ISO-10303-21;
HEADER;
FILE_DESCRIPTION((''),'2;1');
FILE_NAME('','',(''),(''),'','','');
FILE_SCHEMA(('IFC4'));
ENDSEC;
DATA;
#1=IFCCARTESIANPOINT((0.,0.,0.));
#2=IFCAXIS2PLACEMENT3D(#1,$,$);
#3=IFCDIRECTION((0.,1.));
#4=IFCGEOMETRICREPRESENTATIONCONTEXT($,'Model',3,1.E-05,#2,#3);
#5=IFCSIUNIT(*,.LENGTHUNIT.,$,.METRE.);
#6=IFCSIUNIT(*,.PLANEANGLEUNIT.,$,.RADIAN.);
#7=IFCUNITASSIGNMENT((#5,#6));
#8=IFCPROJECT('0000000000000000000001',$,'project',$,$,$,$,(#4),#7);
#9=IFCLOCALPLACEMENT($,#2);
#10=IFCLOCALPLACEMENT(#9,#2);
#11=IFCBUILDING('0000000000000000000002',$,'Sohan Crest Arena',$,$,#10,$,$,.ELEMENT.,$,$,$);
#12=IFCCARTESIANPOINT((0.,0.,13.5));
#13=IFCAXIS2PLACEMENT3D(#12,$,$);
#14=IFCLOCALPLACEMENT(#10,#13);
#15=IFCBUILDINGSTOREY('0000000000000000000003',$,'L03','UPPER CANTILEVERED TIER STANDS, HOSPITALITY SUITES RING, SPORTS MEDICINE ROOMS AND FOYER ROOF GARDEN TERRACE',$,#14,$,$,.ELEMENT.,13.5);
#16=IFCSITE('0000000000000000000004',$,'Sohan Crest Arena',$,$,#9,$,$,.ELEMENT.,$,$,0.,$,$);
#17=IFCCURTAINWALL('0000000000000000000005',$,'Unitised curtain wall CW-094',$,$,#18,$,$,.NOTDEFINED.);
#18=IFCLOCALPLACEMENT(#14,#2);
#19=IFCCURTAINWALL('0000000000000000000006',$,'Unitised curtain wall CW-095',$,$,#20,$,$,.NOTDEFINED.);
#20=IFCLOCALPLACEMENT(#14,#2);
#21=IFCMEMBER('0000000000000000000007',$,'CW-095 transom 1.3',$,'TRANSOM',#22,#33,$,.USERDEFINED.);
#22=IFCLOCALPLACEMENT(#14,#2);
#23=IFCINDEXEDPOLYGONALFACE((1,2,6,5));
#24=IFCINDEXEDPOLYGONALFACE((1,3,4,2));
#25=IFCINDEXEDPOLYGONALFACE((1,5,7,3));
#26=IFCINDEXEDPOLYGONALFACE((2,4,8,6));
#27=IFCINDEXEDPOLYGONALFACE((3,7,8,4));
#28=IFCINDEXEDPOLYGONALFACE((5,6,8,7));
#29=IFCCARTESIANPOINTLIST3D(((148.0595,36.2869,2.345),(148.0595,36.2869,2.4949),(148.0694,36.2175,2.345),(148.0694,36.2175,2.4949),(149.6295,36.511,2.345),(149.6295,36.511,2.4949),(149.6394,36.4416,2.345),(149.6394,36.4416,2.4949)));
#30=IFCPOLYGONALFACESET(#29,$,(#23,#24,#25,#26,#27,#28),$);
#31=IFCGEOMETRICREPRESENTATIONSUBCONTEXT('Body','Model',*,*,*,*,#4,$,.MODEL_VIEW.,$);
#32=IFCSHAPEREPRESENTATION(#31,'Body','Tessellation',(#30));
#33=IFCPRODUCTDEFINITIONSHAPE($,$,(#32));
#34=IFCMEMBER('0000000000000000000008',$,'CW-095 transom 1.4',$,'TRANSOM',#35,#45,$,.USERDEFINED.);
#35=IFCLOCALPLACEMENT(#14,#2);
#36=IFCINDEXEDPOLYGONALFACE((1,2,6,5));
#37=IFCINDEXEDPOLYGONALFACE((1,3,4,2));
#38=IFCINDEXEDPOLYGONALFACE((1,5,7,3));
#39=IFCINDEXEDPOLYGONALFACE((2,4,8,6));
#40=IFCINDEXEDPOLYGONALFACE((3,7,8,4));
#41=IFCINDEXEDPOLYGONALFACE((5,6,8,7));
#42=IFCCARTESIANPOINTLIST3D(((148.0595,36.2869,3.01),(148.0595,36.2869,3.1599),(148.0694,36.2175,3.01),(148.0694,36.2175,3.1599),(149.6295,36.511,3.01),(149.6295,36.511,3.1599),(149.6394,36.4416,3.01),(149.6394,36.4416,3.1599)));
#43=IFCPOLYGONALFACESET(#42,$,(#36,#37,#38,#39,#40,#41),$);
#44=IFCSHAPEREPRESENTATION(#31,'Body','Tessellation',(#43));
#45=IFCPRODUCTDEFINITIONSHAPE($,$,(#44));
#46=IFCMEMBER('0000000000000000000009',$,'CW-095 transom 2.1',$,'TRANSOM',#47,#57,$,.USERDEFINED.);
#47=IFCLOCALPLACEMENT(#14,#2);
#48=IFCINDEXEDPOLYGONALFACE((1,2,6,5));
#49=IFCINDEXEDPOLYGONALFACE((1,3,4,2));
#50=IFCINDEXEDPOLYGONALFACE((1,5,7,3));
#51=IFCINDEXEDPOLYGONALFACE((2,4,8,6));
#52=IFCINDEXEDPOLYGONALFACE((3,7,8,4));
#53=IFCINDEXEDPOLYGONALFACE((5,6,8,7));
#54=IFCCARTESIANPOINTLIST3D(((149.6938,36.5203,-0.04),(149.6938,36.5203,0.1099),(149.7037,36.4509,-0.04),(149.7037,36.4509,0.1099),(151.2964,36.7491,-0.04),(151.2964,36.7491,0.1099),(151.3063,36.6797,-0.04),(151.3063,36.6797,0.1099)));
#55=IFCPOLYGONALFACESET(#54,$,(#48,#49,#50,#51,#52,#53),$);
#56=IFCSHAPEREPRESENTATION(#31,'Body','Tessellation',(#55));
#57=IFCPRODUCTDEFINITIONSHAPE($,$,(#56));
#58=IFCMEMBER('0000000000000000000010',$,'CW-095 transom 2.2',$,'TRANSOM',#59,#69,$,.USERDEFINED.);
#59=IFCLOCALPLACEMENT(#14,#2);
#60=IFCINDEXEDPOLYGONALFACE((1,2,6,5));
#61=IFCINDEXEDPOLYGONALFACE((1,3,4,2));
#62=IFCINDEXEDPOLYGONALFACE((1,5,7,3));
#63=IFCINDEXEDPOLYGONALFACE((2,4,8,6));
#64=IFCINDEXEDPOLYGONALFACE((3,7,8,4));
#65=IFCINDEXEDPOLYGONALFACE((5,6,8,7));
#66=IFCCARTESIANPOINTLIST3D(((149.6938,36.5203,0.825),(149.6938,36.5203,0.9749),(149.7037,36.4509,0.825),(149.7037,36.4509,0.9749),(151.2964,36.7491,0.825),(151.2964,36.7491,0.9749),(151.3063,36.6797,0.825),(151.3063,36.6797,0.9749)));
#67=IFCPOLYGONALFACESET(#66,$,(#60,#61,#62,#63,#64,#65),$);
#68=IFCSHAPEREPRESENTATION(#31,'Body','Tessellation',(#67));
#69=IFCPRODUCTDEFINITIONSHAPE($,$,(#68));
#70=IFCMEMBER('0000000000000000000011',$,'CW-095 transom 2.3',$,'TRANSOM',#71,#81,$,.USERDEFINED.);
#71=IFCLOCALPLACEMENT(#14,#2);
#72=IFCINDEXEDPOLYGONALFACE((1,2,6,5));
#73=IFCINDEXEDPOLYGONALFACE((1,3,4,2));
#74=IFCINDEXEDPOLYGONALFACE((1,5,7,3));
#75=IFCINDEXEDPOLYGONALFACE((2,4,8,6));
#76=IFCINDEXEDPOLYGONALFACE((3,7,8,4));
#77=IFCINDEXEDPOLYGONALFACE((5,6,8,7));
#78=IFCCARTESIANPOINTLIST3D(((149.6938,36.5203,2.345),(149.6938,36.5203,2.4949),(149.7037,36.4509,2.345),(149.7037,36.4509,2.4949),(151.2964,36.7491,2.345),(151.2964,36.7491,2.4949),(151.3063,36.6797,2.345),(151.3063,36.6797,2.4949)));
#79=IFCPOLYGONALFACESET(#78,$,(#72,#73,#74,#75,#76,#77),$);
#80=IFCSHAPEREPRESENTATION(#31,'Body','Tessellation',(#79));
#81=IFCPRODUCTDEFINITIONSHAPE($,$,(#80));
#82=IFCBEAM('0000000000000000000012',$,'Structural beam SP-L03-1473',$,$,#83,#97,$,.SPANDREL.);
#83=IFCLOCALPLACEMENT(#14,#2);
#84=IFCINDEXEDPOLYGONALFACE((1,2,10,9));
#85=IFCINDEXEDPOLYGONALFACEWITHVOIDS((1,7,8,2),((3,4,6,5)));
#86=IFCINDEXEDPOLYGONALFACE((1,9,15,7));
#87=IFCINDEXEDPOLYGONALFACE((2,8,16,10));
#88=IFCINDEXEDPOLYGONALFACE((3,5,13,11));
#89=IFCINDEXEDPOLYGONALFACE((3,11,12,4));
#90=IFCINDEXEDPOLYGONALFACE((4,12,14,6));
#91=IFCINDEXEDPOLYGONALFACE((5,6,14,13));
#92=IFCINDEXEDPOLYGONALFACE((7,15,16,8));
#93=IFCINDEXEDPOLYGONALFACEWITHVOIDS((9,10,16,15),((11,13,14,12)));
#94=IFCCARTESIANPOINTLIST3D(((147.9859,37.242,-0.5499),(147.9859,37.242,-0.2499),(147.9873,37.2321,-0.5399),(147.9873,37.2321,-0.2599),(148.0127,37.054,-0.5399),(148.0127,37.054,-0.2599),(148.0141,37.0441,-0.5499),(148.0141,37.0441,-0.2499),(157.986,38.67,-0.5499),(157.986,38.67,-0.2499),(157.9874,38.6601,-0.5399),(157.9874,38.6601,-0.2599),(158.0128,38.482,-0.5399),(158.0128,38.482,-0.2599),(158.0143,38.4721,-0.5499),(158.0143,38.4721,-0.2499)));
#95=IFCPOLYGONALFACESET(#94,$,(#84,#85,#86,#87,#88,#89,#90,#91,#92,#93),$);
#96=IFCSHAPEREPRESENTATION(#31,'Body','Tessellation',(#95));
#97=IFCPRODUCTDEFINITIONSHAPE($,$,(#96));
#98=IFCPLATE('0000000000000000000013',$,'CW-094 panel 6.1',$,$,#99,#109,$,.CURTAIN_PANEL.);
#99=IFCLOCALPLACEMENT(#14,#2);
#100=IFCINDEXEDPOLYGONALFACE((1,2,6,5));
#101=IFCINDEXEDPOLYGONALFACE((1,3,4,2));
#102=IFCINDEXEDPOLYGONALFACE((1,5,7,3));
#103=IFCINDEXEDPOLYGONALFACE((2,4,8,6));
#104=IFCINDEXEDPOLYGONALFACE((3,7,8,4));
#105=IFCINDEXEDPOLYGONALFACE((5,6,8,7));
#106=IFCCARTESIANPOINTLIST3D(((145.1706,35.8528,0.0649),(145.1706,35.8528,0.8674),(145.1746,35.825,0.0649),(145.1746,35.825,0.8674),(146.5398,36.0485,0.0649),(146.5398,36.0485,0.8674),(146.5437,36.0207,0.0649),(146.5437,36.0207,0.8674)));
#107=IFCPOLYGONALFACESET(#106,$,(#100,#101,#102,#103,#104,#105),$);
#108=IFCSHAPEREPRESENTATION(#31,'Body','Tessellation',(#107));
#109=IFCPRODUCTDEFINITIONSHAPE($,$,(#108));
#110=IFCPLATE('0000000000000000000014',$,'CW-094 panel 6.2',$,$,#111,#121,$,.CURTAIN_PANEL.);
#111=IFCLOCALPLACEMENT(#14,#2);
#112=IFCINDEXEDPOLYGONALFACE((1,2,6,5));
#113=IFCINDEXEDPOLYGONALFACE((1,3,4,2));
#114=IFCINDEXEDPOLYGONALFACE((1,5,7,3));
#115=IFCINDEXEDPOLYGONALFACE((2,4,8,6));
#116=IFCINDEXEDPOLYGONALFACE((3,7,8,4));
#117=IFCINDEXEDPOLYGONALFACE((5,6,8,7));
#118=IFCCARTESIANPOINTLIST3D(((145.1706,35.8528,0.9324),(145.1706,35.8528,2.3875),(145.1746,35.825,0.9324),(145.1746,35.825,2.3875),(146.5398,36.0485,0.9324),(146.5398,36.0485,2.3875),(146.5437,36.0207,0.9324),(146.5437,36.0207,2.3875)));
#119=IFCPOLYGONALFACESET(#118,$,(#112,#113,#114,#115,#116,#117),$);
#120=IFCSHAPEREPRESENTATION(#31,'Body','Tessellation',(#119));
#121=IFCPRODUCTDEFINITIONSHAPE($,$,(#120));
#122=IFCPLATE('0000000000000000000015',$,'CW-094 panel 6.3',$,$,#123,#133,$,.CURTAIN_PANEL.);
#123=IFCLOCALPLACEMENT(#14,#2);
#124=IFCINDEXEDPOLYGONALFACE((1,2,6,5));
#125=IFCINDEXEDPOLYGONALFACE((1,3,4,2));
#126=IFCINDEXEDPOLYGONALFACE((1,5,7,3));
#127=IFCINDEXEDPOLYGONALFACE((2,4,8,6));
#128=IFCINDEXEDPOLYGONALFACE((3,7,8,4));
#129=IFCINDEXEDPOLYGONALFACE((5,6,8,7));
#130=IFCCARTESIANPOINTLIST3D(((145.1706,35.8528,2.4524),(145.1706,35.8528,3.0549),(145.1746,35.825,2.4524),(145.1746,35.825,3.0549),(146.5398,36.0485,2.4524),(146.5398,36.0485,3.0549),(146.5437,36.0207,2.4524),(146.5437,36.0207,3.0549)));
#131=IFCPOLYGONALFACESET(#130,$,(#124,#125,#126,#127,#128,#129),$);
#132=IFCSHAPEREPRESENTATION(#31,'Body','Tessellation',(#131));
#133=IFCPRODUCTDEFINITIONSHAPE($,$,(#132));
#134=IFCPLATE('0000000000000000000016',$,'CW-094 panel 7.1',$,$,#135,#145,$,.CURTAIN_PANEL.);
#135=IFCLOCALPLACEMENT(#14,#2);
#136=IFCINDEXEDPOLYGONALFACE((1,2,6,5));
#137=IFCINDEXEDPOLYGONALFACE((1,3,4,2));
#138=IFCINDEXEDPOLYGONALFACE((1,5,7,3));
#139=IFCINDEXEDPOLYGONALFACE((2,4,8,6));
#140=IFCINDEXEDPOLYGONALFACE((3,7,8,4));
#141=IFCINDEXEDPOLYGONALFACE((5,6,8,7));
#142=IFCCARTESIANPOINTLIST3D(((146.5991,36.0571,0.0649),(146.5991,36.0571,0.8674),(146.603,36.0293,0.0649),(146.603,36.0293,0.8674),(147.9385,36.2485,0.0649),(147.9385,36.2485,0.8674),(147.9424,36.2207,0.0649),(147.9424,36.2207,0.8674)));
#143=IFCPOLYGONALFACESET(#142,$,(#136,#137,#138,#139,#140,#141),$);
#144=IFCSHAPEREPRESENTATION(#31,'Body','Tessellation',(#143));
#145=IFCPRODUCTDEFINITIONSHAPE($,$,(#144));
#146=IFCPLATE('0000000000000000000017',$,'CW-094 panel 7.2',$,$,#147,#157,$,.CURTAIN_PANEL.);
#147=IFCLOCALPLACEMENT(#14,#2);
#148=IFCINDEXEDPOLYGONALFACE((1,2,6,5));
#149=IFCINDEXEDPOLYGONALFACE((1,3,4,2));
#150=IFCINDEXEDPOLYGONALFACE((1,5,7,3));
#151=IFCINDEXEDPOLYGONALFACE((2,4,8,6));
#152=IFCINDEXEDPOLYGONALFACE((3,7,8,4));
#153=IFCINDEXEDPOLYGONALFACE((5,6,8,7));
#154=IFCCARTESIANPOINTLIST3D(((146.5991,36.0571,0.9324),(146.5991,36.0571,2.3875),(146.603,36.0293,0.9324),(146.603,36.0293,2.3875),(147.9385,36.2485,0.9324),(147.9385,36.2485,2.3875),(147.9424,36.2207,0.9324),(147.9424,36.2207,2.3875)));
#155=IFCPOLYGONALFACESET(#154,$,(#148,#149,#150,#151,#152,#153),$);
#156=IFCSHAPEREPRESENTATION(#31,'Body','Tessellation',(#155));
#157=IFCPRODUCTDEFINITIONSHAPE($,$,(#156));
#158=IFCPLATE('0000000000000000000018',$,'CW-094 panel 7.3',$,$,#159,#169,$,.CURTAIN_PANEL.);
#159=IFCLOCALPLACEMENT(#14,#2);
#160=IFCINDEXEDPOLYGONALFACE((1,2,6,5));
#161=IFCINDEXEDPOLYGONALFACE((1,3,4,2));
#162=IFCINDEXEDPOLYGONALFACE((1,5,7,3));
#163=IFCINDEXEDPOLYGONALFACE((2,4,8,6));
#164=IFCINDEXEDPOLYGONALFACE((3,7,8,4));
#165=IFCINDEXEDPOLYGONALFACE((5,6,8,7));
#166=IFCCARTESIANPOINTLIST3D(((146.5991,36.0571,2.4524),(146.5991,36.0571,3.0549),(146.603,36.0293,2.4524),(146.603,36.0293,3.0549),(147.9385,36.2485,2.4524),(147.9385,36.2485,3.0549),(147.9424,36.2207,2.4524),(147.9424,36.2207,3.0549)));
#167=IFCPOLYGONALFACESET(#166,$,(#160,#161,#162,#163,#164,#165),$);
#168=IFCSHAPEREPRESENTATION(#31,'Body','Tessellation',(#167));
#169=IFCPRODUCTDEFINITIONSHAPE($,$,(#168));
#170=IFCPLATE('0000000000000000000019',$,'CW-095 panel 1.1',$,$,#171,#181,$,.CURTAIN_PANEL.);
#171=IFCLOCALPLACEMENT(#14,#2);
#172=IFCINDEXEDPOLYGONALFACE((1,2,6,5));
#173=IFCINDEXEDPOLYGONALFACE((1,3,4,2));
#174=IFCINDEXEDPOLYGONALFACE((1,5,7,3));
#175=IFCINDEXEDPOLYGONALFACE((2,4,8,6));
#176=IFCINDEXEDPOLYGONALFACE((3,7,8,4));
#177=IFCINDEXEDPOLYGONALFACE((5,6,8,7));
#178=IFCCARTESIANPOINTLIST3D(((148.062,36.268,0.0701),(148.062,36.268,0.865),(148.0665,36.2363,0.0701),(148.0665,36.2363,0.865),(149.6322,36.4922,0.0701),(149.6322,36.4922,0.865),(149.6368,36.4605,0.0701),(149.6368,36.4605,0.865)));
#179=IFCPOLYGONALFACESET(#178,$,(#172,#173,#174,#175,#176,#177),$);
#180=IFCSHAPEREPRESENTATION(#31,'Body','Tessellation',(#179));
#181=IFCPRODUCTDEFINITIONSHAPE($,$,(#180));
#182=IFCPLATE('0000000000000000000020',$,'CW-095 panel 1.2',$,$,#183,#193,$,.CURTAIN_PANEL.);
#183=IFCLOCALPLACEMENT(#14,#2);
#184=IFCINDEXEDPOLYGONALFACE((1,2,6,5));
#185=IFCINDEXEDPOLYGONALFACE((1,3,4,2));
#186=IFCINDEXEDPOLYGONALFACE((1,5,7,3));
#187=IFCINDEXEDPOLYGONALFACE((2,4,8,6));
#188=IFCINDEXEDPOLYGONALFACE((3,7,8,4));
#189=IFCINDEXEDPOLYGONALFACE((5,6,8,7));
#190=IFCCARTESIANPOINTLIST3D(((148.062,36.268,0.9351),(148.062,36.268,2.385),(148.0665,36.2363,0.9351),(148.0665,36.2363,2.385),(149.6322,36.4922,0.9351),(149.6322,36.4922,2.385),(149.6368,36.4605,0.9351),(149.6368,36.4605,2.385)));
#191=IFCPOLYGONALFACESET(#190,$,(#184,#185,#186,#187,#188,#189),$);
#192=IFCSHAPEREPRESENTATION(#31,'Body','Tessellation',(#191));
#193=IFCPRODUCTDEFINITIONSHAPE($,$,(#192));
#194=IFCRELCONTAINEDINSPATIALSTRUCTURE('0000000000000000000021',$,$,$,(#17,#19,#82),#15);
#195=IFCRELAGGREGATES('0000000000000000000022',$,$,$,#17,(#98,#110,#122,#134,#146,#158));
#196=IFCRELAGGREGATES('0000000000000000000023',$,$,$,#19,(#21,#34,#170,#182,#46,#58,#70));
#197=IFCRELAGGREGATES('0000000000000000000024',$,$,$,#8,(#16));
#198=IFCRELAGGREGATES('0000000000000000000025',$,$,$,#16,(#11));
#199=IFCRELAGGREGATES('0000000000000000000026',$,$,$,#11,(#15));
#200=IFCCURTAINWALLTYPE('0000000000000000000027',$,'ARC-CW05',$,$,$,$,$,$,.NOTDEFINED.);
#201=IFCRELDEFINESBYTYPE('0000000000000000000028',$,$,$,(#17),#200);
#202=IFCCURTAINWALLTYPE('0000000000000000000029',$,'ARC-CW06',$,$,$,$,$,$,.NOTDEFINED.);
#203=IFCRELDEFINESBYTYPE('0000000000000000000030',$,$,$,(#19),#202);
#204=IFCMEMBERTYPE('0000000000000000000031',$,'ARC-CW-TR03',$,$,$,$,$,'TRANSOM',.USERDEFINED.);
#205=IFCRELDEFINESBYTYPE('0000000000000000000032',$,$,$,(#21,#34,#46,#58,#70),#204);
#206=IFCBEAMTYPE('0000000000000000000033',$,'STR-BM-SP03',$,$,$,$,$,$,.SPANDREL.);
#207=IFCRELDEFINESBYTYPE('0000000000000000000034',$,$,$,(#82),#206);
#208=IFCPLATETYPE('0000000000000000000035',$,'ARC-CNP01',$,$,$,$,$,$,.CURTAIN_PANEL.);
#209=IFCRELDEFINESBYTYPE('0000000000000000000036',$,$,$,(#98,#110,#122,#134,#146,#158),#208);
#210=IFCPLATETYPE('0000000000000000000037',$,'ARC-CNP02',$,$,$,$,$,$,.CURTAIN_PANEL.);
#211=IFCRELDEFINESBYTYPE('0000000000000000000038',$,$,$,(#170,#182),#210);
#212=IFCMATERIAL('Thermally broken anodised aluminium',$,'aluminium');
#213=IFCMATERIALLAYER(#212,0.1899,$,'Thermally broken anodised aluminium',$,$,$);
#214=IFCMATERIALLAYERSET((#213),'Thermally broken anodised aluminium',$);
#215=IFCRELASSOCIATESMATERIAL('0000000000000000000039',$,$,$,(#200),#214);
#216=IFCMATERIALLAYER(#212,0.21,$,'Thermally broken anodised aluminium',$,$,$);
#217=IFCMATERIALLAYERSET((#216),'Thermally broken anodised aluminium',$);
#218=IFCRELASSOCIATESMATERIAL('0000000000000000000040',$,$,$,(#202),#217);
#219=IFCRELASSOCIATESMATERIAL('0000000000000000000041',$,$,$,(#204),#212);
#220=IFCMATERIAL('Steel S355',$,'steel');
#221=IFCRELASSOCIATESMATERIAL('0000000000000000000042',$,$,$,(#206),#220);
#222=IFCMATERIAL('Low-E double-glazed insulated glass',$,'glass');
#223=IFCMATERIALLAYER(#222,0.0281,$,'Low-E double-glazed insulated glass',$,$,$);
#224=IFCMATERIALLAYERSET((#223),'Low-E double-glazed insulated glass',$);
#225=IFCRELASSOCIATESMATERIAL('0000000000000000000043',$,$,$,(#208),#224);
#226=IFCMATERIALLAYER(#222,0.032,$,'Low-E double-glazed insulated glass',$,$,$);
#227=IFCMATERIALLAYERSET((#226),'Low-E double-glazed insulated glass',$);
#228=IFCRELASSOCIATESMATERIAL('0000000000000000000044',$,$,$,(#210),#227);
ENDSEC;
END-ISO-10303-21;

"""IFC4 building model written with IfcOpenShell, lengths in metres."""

from ifc_helpers import new_model, si_unit, direction, frame, origin, origin_2d, place, context, subcontext, project, spatial, rectangle, hollow_rectangle, extrude, material, layer, layer_set, material_profile, profile_set, type_object, element, aggregate, save


model = new_model("IFC4")

# Units and contexts
model_context = context("Model", 3, precision=1e-05, world=origin(), true_north=direction((0.0, 1.0)))
body_context = subcontext(model_context, "Body", "Model", "MODEL_VIEW")
ifc_project = project(units=[si_unit("LENGTHUNIT", "METRE"), si_unit("PLANEANGLEUNIT", "RADIAN")], contexts=[model_context])

# Site, building, storey
site_placement = place(None, origin())
site = spatial("IfcSite", under=ifc_project, at=site_placement, Name="Sohan Crest Arena", CompositionType="ELEMENT", RefElevation=0.0)
building_placement = place(site_placement, origin())
building = spatial("IfcBuilding", under=site, at=building_placement, Name="Sohan Crest Arena", CompositionType="ELEMENT")
storey_placement = place(building_placement, frame((0.0, 0.0, 13.5)))
storey = spatial("IfcBuildingStorey", under=building, at=storey_placement, Name="L03", Description="UPPER CANTILEVERED TIER STANDS, HOSPITALITY SUITES RING, SPORTS MEDICINE ROOMS AND FOYER ROOF GARDEN TERRACE", CompositionType="ELEMENT", Elevation=13.5)

# Shared definitions
ifc_material_1 = material(Name="Steel S355", Category="steel")

# Curtain walls
ifc_material_2 = material(Name="Thermally broken anodised aluminium", Category="aluminium")
ifc_layer_1 = layer(ifc_material_2, 0.1899, Name="Thermally broken anodised aluminium")
ifc_layer_set_1 = layer_set([ifc_layer_1], Name="Thermally broken anodised aluminium")
curtain_wall_type_1 = type_object("IfcCurtainWallType", Name="ARC-CW05", PredefinedType="NOTDEFINED", material=ifc_layer_set_1)
curtain_wall_1_placement = place(storey_placement, origin())
curtain_wall_1 = element("IfcCurtainWall", 1, at=curtain_wall_1_placement, inside=storey, type_object=curtain_wall_type_1, Name="Unitised curtain wall CW-094", PredefinedType="NOTDEFINED")
ifc_layer_2 = layer(ifc_material_2, 0.21, Name="Thermally broken anodised aluminium")
ifc_layer_set_2 = layer_set([ifc_layer_2], Name="Thermally broken anodised aluminium")
curtain_wall_type_2 = type_object("IfcCurtainWallType", Name="ARC-CW06", PredefinedType="NOTDEFINED", material=ifc_layer_set_2)
curtain_wall_2_placement = place(storey_placement, origin())
curtain_wall_2 = element("IfcCurtainWall", 2, at=curtain_wall_2_placement, inside=storey, type_object=curtain_wall_type_2, Name="Unitised curtain wall CW-095", PredefinedType="NOTDEFINED")

# Members
ifc_material_profile_1 = material_profile(ifc_material_2, rectangle(XDim=0.0701, YDim=0.1499, at=origin_2d()), Name="ALU-TRAN 70x150")
ifc_profile_set_1 = profile_set([ifc_material_profile_1], Name="Thermally broken anodised aluminium")
member_type_1 = type_object("IfcMemberType", Name="ARC-CW-TR03", ElementType="TRANSOM", PredefinedType="USERDEFINED", material=ifc_profile_set_1)
member_1_placement = place(storey_placement, frame((148.0645, 36.2522, 2.4199), z_axis=(0.989965, 0.141314, 0.0), x_axis=(-0.141314, 0.989965, 0.0)))
member_1 = element("IfcMember", 3, at=member_1_placement, type_object=member_type_1, Name="CW-095 transom 1.3", ObjectType="TRANSOM", PredefinedType="USERDEFINED", context=body_context, shape_type="SweptSolid", body=[
    extrude(rectangle(XDim=0.0701, YDim=0.1499, at=origin_2d()), origin(), (0.0, 0.0, 1.0), 1.5859),
])
member_2_placement = place(storey_placement, frame((148.0645, 36.2522, 3.085), z_axis=(0.989965, 0.141314, 0.0), x_axis=(-0.141314, 0.989965, 0.0)))
member_2 = element("IfcMember", 4, at=member_2_placement, type_object=member_type_1, Name="CW-095 transom 1.4", ObjectType="TRANSOM", PredefinedType="USERDEFINED", context=body_context, shape_type="SweptSolid", body=[
    extrude(rectangle(XDim=0.0701, YDim=0.1499, at=origin_2d()), origin(), (0.0, 0.0, 1.0), 1.5859),
])
member_3_placement = place(storey_placement, frame((149.6987, 36.4856, 0.0349), z_axis=(0.989965, 0.141316, 0.0), x_axis=(-0.141316, 0.989965, 0.0)))
member_3 = element("IfcMember", 5, at=member_3_placement, type_object=member_type_1, Name="CW-095 transom 2.1", ObjectType="TRANSOM", PredefinedType="USERDEFINED", context=body_context, shape_type="SweptSolid", body=[
    extrude(rectangle(XDim=0.0701, YDim=0.1499, at=origin_2d()), origin(), (0.0, 0.0, 1.0), 1.6189),
])
member_4_placement = place(storey_placement, frame((149.6987, 36.4856, 0.8999), z_axis=(0.989965, 0.141316, 0.0), x_axis=(-0.141316, 0.989965, 0.0)))
member_4 = element("IfcMember", 6, at=member_4_placement, type_object=member_type_1, Name="CW-095 transom 2.2", ObjectType="TRANSOM", PredefinedType="USERDEFINED", context=body_context, shape_type="SweptSolid", body=[
    extrude(rectangle(XDim=0.0701, YDim=0.1499, at=origin_2d()), origin(), (0.0, 0.0, 1.0), 1.6189),
])
member_5_placement = place(storey_placement, frame((149.6987, 36.4856, 2.4199), z_axis=(0.989965, 0.141316, 0.0), x_axis=(-0.141316, 0.989965, 0.0)))
member_5 = element("IfcMember", 7, at=member_5_placement, type_object=member_type_1, Name="CW-095 transom 2.3", ObjectType="TRANSOM", PredefinedType="USERDEFINED", context=body_context, shape_type="SweptSolid", body=[
    extrude(rectangle(XDim=0.0701, YDim=0.1499, at=origin_2d()), origin(), (0.0, 0.0, 1.0), 1.6189),
])

# Beam
ifc_material_profile_2 = material_profile(ifc_material_1, hollow_rectangle(XDim=0.2, YDim=0.3, WallThickness=0.01, at=origin_2d()), Name="RHS 300x200x10")
ifc_profile_set_2 = profile_set([ifc_material_profile_2], Name="Steel S355")
beam_type = type_object("IfcBeamType", Name="STR-BM-SP03", PredefinedType="SPANDREL", material=ifc_profile_set_2)
beam_placement = place(storey_placement, frame((148.0, 37.1431, -0.3999), z_axis=(0.989958, 0.141364, 0.0), x_axis=(-0.141364, 0.989958, 0.0)))
element("IfcBeam", 8, at=beam_placement, inside=storey, type_object=beam_type, Name="Structural beam SP-L03-1473", PredefinedType="SPANDREL", context=body_context, shape_type="SweptSolid", body=[
    extrude(hollow_rectangle(XDim=0.2, YDim=0.3, WallThickness=0.01, at=origin_2d()), origin(), (0.0, 0.0, 1.0), 10.1016),
])

# Plates
ifc_material_3 = material(Name="Low-E double-glazed insulated glass", Category="glass")
ifc_layer_3 = layer(ifc_material_3, 0.0281, Name="Low-E double-glazed insulated glass")
ifc_layer_set_3 = layer_set([ifc_layer_3], Name="Low-E double-glazed insulated glass")
plate_type_1 = type_object("IfcPlateType", Name="ARC-CNP01", PredefinedType="CURTAIN_PANEL", material=ifc_layer_set_3)
plate_1_placement = place(storey_placement, frame((145.8572, 35.9368, 0.0649), z_axis=(0.0, 0.0, 1.0), x_axis=(0.989944, 0.141463, 0.0)))
plate_1 = element("IfcPlate", 9, at=plate_1_placement, type_object=plate_type_1, Name="CW-094 panel 6.1", PredefinedType="CURTAIN_PANEL", context=body_context, shape_type="SweptSolid", body=[
    extrude(rectangle(XDim=1.3831, YDim=0.0281, at=origin_2d()), origin(), (0.0, 0.0, 1.0), 0.8025),
])
plate_2_placement = place(storey_placement, frame((145.8572, 35.9368, 0.9324), z_axis=(0.0, 0.0, 1.0), x_axis=(0.989944, 0.141463, 0.0)))
plate_2 = element("IfcPlate", 10, at=plate_2_placement, type_object=plate_type_1, Name="CW-094 panel 6.2", PredefinedType="CURTAIN_PANEL", context=body_context, shape_type="SweptSolid", body=[
    extrude(rectangle(XDim=1.3831, YDim=0.0281, at=origin_2d()), origin(), (0.0, 0.0, 1.0), 1.4551),
])
plate_3_placement = place(storey_placement, frame((145.8572, 35.9368, 2.4524), z_axis=(0.0, 0.0, 1.0), x_axis=(0.989944, 0.141463, 0.0)))
plate_3 = element("IfcPlate", 11, at=plate_3_placement, type_object=plate_type_1, Name="CW-094 panel 6.3", PredefinedType="CURTAIN_PANEL", context=body_context, shape_type="SweptSolid", body=[
    extrude(rectangle(XDim=1.3831, YDim=0.0281, at=origin_2d()), origin(), (0.0, 0.0, 1.0), 0.6025),
])
plate_4_placement = place(storey_placement, frame((147.2708, 36.1389, 0.0649), z_axis=(0.0, 0.0, 1.0), x_axis=(0.989944, 0.141463, 0.0)))
plate_4 = element("IfcPlate", 12, at=plate_4_placement, type_object=plate_type_1, Name="CW-094 panel 7.1", PredefinedType="CURTAIN_PANEL", context=body_context, shape_type="SweptSolid", body=[
    extrude(rectangle(XDim=1.353, YDim=0.0281, at=origin_2d()), origin(), (0.0, 0.0, 1.0), 0.8025),
])
plate_5_placement = place(storey_placement, frame((147.2708, 36.1389, 0.9324), z_axis=(0.0, 0.0, 1.0), x_axis=(0.989944, 0.141463, 0.0)))
plate_5 = element("IfcPlate", 13, at=plate_5_placement, type_object=plate_type_1, Name="CW-094 panel 7.2", PredefinedType="CURTAIN_PANEL", context=body_context, shape_type="SweptSolid", body=[
    extrude(rectangle(XDim=1.353, YDim=0.0281, at=origin_2d()), origin(), (0.0, 0.0, 1.0), 1.4551),
])
plate_6_placement = place(storey_placement, frame((147.2708, 36.1389, 2.4524), z_axis=(0.0, 0.0, 1.0), x_axis=(0.989944, 0.141463, 0.0)))
plate_6 = element("IfcPlate", 14, at=plate_6_placement, type_object=plate_type_1, Name="CW-094 panel 7.3", PredefinedType="CURTAIN_PANEL", context=body_context, shape_type="SweptSolid", body=[
    extrude(rectangle(XDim=1.353, YDim=0.0281, at=origin_2d()), origin(), (0.0, 0.0, 1.0), 0.6025),
])
aggregate(curtain_wall_1, [plate_1, plate_2, plate_3, plate_4, plate_5, plate_6])
ifc_layer_4 = layer(ifc_material_3, 0.032, Name="Low-E double-glazed insulated glass")
ifc_layer_set_4 = layer_set([ifc_layer_4], Name="Low-E double-glazed insulated glass")
plate_type_2 = type_object("IfcPlateType", Name="ARC-CNP02", PredefinedType="CURTAIN_PANEL", material=ifc_layer_set_4)
plate_7_placement = place(storey_placement, frame((148.8494, 36.3643, 0.0701), z_axis=(0.0, 0.0, 1.0), x_axis=(0.989957, 0.141366, 0.0)))
plate_7 = element("IfcPlate", 15, at=plate_7_placement, type_object=plate_type_2, Name="CW-095 panel 1.1", PredefinedType="CURTAIN_PANEL", context=body_context, shape_type="SweptSolid", body=[
    extrude(rectangle(XDim=1.5862, YDim=0.032, at=origin_2d()), origin(), (0.0, 0.0, 1.0), 0.7949),
])
plate_8_placement = place(storey_placement, frame((148.8494, 36.3643, 0.9351), z_axis=(0.0, 0.0, 1.0), x_axis=(0.989957, 0.141366, 0.0)))
plate_8 = element("IfcPlate", 16, at=plate_8_placement, type_object=plate_type_2, Name="CW-095 panel 1.2", PredefinedType="CURTAIN_PANEL", context=body_context, shape_type="SweptSolid", body=[
    extrude(rectangle(XDim=1.5862, YDim=0.032, at=origin_2d()), origin(), (0.0, 0.0, 1.0), 1.45),
])
aggregate(curtain_wall_2, [member_1, member_2, plate_7, plate_8, member_3, member_4, member_5])

save(model, "model.ifc")
